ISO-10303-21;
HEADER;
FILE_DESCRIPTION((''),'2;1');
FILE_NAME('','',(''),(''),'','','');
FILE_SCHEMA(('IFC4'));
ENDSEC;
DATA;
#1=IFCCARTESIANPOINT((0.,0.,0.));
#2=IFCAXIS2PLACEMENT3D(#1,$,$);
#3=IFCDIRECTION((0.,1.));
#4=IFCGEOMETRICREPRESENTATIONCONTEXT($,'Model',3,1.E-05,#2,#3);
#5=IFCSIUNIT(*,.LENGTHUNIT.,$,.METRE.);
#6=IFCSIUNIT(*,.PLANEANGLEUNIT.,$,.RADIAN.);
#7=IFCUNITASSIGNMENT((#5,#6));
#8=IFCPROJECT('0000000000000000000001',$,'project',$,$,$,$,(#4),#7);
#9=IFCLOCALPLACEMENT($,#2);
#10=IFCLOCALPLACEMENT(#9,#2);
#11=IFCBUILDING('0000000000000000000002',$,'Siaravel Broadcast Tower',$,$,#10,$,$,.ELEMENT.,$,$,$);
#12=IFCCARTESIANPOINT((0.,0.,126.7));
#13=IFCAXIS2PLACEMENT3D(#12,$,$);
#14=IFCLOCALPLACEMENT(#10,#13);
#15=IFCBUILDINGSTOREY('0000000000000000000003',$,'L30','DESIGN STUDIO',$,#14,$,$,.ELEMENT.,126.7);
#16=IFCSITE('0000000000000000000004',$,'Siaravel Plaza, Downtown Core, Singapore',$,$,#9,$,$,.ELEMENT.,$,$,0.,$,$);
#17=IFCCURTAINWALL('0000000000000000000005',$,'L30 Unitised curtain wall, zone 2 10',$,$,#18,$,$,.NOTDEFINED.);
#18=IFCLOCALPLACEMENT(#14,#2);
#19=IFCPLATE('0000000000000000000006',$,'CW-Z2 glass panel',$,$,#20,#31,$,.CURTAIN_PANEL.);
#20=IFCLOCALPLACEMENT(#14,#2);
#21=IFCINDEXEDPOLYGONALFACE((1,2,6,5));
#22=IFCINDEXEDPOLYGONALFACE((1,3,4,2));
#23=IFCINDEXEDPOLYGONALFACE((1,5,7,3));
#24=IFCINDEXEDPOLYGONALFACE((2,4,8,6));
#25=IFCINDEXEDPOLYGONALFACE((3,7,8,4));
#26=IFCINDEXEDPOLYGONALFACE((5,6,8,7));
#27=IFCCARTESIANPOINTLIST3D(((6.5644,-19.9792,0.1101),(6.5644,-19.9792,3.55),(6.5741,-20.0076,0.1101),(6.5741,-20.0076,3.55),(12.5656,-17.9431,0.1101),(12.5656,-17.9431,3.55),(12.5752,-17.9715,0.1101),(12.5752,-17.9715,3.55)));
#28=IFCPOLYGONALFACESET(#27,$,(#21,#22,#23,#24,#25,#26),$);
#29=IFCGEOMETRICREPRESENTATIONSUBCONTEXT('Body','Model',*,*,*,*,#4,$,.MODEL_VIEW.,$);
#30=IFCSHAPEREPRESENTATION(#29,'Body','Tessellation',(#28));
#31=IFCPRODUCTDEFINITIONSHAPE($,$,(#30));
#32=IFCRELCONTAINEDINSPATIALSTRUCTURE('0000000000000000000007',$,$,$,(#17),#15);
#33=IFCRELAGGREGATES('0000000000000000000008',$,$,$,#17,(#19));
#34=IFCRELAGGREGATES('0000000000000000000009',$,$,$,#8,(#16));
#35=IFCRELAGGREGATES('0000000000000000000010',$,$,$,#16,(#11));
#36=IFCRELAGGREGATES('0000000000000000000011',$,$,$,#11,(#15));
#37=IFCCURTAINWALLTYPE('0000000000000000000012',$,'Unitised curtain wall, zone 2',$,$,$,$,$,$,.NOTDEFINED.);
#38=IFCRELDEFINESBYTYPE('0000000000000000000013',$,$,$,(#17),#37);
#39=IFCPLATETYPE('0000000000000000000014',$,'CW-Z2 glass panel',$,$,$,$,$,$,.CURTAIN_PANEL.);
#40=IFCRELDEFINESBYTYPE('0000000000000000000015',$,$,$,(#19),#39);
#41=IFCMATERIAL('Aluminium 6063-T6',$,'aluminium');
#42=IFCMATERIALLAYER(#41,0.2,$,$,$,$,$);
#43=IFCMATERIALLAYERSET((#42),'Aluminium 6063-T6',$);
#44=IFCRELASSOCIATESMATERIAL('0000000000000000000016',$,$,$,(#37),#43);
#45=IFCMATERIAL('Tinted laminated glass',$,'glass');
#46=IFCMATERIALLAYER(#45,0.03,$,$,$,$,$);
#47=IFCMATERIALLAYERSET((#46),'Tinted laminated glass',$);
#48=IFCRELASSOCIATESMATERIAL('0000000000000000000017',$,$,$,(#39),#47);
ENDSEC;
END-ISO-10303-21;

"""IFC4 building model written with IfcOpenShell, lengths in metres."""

from ifc_helpers import new_model, si_unit, direction, frame, origin, origin_2d, place, context, subcontext, project, spatial, rectangle, extrude, material, layer, layer_set, type_object, element, aggregate, save


model = new_model("IFC4")

# Units and contexts
model_context = context("Model", 3, precision=1e-05, world=origin(), true_north=direction((0.0, 1.0)))
body_context = subcontext(model_context, "Body", "Model", "MODEL_VIEW")
ifc_project = project(units=[si_unit("LENGTHUNIT", "METRE"), si_unit("PLANEANGLEUNIT", "RADIAN")], contexts=[model_context])

# Site, building, storey
site_placement = place(None, origin())
site = spatial("IfcSite", under=ifc_project, at=site_placement, Name="Siaravel Plaza, Downtown Core, Singapore", CompositionType="ELEMENT", RefElevation=0.0)
building_placement = place(site_placement, origin())
building = spatial("IfcBuilding", under=site, at=building_placement, Name="Siaravel Broadcast Tower", CompositionType="ELEMENT")
storey_placement = place(building_placement, frame((0.0, 0.0, 126.7)))
storey = spatial("IfcBuildingStorey", under=building, at=storey_placement, Name="L30", Description="DESIGN STUDIO", CompositionType="ELEMENT", Elevation=126.7)

# Shared definitions
ifc_material_1 = material(Name="Aluminium 6063-T6", Category="aluminium")
ifc_layer_1 = layer(ifc_material_1, 0.2)
ifc_layer_set_1 = layer_set([ifc_layer_1], Name="Aluminium 6063-T6")
curtain_wall_type = type_object("IfcCurtainWallType", Name="Unitised curtain wall, zone 2", PredefinedType="NOTDEFINED", material=ifc_layer_set_1)

# Curtain wall, plate
curtain_wall_1_placement = place(storey_placement, origin())
curtain_wall_1 = element("IfcCurtainWall", 1, at=curtain_wall_1_placement, inside=storey, type_object=curtain_wall_type, Name="L30 Unitised curtain wall, zone 2 10", PredefinedType="NOTDEFINED")
ifc_material_2 = material(Name="Tinted laminated glass", Category="glass")
ifc_layer_2 = layer(ifc_material_2, 0.03)
ifc_layer_set_2 = layer_set([ifc_layer_2], Name="Tinted laminated glass")
plate_type = type_object("IfcPlateType", Name="CW-Z2 glass panel", PredefinedType="CURTAIN_PANEL", material=ifc_layer_set_2)
plate_1_placement = place(storey_placement, frame((9.5698, -18.9753, 0.1101), z_axis=(0.0, 0.0, 1.0), x_axis=(0.946977, 0.321301, 0.0)))
plate_1 = element("IfcPlate", 2, at=plate_1_placement, type_object=plate_type, Name="CW-Z2 glass panel", PredefinedType="CURTAIN_PANEL", context=body_context, shape_type="SweptSolid", body=[
    extrude(rectangle(XDim=6.3372, YDim=0.03, at=origin_2d()), origin(), (0.0, 0.0, 1.0), 3.4399),
])
aggregate(curtain_wall_1, [plate_1])

save(model, "model.ifc")
